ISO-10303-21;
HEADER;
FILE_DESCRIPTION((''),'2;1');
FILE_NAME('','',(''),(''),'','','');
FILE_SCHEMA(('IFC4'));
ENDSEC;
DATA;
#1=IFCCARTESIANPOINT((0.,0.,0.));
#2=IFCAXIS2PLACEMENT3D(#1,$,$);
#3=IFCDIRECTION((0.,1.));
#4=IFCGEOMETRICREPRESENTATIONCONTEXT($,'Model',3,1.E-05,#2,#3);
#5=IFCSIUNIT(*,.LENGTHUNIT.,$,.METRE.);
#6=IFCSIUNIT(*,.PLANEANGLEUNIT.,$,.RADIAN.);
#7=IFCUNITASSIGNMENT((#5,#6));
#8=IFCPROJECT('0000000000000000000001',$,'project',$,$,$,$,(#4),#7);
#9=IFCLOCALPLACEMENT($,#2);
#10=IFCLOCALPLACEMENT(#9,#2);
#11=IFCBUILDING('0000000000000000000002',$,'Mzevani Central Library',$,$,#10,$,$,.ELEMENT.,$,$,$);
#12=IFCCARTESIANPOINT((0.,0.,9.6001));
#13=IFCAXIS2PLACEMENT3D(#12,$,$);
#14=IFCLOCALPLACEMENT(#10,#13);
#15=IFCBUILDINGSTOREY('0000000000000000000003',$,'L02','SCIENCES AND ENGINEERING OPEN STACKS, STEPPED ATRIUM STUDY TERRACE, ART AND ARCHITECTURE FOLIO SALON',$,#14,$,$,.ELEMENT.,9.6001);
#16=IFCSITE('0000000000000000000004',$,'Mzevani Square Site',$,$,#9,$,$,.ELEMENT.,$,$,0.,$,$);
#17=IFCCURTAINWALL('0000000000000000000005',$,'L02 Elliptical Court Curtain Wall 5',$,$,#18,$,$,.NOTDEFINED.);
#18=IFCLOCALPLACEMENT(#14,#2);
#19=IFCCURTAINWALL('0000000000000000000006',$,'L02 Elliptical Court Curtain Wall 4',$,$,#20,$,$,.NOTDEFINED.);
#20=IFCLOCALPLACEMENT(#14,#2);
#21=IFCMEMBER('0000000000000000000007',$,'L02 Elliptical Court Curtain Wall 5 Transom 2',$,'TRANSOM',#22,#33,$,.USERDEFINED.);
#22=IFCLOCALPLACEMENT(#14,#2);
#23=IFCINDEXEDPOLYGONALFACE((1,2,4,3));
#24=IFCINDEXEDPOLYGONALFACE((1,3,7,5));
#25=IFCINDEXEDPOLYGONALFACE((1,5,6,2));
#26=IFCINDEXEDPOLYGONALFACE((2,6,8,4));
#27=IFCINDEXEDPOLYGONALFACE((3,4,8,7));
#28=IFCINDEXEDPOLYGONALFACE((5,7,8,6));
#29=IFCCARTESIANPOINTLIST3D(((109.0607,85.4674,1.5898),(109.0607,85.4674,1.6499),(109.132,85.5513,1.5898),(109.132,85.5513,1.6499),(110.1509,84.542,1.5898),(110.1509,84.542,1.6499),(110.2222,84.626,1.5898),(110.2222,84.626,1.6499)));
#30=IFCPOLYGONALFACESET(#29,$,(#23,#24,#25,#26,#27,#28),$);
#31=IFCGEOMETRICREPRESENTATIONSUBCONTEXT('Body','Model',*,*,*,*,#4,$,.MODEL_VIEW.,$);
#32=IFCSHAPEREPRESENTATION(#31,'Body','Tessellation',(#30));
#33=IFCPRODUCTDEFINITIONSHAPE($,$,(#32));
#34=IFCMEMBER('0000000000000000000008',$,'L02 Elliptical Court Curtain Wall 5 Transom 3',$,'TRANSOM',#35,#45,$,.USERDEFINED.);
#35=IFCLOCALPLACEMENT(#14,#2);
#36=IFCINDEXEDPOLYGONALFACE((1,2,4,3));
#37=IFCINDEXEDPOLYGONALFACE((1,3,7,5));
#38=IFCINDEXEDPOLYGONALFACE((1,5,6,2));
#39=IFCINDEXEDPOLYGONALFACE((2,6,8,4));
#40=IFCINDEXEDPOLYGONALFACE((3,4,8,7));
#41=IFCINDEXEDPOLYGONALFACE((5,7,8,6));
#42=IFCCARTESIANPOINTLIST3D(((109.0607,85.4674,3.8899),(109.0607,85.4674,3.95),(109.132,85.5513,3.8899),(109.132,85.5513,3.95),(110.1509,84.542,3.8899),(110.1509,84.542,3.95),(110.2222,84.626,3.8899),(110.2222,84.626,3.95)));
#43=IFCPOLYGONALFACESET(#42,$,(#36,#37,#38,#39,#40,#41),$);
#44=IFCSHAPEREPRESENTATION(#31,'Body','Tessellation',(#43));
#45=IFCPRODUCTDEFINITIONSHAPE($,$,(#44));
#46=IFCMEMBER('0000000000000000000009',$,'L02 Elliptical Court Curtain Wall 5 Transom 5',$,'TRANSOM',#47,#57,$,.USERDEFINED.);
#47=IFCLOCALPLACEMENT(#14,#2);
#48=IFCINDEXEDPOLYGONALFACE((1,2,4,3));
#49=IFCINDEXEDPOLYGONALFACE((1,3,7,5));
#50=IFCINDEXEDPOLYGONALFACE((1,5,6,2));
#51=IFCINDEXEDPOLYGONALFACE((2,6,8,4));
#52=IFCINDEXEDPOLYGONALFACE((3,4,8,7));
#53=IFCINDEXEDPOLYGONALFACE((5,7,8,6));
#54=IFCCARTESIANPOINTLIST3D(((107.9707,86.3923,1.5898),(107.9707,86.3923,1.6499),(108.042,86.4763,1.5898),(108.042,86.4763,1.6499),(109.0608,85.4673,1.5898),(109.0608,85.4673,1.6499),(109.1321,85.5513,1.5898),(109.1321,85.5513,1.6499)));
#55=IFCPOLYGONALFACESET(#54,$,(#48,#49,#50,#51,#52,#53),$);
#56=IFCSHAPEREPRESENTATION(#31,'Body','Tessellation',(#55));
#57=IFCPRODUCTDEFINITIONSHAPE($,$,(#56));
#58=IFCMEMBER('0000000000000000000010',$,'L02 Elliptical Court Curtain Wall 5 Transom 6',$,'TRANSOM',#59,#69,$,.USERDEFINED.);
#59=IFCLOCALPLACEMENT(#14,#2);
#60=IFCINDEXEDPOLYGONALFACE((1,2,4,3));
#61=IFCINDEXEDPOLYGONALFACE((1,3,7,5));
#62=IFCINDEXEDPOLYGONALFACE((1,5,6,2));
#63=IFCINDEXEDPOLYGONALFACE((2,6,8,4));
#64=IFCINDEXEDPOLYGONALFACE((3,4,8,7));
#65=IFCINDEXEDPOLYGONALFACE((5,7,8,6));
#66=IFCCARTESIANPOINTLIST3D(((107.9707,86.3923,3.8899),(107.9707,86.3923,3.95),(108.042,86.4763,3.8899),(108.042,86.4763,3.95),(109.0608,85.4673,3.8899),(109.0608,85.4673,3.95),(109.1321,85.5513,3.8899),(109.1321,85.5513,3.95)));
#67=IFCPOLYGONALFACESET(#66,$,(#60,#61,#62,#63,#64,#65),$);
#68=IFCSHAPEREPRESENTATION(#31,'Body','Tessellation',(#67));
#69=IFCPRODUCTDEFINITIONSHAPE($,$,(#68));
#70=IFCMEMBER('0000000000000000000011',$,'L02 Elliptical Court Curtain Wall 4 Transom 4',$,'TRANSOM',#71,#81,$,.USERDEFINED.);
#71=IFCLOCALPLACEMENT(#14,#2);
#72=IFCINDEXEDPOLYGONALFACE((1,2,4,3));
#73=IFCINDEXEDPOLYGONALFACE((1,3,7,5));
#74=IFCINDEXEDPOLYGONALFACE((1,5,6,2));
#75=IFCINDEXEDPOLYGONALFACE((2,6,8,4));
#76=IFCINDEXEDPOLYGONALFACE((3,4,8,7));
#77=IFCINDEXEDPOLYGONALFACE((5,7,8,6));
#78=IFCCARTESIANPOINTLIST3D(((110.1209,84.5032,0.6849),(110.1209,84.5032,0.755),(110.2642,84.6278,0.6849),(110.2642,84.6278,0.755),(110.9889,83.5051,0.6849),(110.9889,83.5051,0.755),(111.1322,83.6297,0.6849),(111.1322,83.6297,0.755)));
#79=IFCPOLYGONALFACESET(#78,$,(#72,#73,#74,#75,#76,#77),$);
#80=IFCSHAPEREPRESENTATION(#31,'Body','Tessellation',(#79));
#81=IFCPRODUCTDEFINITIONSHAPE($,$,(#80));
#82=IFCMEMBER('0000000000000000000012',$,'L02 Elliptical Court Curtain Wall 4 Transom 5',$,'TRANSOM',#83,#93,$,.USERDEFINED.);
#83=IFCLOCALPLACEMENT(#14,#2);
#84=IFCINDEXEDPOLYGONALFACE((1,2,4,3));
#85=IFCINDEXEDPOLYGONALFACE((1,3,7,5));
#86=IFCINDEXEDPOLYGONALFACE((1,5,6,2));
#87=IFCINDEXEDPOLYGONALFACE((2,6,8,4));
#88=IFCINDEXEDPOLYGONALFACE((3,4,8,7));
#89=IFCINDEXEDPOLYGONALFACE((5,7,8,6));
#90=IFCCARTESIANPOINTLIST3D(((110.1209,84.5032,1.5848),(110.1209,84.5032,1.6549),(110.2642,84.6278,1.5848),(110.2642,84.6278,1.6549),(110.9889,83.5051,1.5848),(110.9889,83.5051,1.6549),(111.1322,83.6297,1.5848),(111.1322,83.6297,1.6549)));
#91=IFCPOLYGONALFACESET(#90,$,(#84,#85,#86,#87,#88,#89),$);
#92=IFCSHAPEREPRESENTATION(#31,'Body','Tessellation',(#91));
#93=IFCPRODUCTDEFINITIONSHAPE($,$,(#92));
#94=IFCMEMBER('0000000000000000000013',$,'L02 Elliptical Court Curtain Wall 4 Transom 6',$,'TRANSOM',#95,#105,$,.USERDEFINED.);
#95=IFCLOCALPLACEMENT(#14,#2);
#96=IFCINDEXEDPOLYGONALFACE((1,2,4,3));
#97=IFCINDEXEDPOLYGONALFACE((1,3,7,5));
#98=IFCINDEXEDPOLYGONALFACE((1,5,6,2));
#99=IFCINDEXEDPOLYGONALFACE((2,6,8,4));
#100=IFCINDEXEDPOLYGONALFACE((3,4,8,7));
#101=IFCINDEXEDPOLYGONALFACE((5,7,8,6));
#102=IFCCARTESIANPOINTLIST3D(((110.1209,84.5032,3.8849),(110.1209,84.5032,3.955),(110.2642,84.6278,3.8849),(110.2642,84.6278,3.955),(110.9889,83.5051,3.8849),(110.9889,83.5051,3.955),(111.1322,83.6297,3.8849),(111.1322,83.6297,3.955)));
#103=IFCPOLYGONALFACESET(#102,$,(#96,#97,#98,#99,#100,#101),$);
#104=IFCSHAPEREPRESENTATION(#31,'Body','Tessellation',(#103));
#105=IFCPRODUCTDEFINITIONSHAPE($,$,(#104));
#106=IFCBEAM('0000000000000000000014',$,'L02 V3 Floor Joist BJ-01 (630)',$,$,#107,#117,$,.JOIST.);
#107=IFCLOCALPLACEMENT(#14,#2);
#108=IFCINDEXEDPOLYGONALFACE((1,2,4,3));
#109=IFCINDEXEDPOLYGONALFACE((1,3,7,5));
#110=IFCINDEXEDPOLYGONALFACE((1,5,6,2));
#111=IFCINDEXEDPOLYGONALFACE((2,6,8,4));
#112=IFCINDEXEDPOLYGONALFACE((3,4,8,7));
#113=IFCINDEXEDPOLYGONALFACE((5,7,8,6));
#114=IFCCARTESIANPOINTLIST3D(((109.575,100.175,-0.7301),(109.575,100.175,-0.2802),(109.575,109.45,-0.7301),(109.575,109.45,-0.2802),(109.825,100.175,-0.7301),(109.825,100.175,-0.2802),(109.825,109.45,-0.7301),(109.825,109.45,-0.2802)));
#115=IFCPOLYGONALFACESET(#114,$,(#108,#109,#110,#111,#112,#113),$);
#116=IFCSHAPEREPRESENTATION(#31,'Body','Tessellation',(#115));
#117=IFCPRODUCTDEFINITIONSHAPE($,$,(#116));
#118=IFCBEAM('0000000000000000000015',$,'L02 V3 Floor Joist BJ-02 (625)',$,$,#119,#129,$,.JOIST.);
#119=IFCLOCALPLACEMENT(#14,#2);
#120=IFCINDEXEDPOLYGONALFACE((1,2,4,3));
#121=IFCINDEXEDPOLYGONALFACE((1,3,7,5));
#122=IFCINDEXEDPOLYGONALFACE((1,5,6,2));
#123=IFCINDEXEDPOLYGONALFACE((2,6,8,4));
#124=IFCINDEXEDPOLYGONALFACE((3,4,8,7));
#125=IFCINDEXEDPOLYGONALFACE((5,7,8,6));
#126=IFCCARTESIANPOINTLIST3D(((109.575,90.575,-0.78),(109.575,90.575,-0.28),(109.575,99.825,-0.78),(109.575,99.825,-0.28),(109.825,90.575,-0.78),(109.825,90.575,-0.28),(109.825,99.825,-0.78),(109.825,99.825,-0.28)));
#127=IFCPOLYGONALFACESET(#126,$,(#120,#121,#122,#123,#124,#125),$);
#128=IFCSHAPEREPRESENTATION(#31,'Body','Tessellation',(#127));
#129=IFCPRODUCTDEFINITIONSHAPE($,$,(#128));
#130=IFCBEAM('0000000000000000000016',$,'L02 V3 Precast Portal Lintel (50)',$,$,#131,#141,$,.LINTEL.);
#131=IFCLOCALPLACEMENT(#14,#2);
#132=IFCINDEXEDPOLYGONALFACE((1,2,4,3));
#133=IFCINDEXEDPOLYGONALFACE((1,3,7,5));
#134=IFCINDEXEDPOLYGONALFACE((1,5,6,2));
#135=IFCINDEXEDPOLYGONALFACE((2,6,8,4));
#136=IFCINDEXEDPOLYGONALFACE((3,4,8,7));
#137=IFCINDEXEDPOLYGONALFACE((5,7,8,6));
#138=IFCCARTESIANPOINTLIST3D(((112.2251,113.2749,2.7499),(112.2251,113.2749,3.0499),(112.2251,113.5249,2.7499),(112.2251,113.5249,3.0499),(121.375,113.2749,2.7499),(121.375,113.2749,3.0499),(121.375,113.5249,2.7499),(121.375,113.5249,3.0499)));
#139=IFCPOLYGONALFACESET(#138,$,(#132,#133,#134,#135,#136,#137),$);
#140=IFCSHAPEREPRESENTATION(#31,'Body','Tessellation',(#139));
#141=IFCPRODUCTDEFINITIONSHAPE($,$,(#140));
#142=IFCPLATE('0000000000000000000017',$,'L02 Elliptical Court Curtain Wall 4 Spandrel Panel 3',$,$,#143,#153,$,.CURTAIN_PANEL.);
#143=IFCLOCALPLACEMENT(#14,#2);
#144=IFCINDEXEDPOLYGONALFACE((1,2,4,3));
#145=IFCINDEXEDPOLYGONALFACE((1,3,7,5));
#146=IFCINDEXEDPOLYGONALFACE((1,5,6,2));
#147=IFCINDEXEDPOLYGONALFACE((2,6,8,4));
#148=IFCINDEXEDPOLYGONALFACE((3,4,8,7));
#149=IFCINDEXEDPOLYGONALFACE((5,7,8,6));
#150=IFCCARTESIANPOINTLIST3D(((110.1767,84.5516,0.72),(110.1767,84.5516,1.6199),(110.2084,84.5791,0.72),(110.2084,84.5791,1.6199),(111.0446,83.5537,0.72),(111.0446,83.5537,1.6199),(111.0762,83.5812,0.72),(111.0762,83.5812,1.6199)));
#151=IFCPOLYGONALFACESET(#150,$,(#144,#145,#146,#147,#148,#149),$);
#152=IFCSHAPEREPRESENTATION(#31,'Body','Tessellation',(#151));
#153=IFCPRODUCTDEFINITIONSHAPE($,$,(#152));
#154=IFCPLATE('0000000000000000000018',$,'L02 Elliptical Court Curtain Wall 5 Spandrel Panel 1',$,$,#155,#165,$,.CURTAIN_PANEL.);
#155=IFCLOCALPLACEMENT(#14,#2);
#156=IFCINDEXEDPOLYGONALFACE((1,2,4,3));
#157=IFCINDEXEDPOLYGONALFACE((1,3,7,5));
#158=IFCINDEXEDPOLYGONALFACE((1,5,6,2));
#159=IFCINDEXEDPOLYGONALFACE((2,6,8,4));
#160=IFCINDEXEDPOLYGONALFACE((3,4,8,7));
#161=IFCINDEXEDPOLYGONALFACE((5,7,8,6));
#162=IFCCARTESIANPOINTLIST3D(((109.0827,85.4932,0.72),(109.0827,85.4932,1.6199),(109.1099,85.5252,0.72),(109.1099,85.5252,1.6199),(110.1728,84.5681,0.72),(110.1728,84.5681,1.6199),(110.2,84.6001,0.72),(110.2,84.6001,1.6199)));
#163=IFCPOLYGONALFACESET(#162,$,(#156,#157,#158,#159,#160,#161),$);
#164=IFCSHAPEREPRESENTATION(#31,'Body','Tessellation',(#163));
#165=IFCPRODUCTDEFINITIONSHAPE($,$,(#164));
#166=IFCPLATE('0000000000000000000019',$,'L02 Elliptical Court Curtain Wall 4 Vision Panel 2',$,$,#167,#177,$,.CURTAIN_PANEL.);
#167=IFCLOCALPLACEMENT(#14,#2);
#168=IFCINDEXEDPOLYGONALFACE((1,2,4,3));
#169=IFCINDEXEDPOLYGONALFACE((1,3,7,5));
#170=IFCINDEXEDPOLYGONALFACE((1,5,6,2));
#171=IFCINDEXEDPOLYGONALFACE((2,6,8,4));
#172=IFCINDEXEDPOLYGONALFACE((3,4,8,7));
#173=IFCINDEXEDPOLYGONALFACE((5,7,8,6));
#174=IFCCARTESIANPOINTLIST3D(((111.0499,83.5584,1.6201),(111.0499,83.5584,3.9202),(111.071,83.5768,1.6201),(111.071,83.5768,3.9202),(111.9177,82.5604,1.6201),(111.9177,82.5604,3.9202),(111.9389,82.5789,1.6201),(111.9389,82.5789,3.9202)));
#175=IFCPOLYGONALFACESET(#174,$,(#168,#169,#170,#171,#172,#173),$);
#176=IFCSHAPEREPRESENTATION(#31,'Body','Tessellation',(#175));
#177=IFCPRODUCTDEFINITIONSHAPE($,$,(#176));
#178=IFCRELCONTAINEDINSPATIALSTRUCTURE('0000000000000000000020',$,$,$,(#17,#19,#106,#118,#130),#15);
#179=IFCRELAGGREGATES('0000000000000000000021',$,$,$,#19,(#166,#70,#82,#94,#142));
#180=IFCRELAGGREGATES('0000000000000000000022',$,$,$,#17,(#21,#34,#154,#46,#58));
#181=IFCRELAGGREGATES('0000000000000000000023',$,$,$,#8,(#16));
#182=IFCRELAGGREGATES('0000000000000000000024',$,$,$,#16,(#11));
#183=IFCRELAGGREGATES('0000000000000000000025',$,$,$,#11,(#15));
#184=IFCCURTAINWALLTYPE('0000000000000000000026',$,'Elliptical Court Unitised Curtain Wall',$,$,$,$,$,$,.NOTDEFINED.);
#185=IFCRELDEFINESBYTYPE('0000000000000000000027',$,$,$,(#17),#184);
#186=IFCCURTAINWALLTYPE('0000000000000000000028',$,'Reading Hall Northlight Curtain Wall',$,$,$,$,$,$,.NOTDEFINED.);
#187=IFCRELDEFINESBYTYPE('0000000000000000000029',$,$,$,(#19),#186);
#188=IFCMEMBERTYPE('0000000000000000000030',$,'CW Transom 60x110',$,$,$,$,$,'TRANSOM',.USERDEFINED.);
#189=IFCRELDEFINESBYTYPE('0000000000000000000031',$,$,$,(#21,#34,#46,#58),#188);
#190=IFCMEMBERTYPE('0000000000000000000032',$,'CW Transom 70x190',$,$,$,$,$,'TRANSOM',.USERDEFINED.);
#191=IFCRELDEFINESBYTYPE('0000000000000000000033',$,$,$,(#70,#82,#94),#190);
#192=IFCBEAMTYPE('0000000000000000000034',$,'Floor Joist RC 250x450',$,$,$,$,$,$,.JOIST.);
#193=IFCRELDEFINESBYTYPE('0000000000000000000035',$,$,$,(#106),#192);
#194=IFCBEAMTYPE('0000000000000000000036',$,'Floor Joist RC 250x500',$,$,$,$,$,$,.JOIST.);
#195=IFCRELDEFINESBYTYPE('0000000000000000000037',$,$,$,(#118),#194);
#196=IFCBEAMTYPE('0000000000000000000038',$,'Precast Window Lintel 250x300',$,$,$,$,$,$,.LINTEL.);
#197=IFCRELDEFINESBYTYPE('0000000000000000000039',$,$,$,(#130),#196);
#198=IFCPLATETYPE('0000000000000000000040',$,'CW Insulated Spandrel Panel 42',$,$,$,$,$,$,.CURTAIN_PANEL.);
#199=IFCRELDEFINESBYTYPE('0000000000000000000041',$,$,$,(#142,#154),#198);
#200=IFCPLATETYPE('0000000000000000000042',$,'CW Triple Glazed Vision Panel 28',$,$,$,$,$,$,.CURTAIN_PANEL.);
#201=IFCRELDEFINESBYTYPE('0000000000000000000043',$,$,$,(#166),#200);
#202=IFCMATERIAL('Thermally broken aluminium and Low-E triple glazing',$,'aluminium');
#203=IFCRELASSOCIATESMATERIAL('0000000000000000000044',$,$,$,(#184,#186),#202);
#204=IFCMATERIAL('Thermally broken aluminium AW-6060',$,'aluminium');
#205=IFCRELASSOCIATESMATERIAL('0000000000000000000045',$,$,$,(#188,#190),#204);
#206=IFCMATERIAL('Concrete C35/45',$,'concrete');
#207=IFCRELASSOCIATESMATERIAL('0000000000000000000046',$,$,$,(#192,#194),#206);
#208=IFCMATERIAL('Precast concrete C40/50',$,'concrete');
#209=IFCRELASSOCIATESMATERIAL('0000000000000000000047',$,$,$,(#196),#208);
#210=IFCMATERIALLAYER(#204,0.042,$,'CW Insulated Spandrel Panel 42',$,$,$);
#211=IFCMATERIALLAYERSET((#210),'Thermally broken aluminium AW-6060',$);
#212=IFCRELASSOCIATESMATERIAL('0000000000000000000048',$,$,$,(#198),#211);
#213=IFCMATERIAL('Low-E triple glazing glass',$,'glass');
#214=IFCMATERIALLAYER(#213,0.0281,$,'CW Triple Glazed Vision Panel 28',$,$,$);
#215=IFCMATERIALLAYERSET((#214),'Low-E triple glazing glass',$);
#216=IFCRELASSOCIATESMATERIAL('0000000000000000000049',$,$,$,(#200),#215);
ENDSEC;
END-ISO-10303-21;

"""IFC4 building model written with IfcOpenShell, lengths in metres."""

from ifc_helpers import new_model, si_unit, direction, frame, origin, origin_2d, place, context, subcontext, project, spatial, rectangle, extrude, material, layer, layer_set, material_profile, profile_set, type_object, element, aggregate, save


model = new_model("IFC4")

# Units and contexts
model_context = context("Model", 3, precision=1e-05, world=origin(), true_north=direction((0.0, 1.0)))
body_context = subcontext(model_context, "Body", "Model", "MODEL_VIEW")
ifc_project = project(units=[si_unit("LENGTHUNIT", "METRE"), si_unit("PLANEANGLEUNIT", "RADIAN")], contexts=[model_context])

# Site, building, storey
site_placement = place(None, origin())
site = spatial("IfcSite", under=ifc_project, at=site_placement, Name="Mzevani Square Site", CompositionType="ELEMENT", RefElevation=0.0)
building_placement = place(site_placement, origin())
building = spatial("IfcBuilding", under=site, at=building_placement, Name="Mzevani Central Library", CompositionType="ELEMENT")
storey_placement = place(building_placement, frame((0.0, 0.0, 9.6001)))
storey = spatial("IfcBuildingStorey", under=building, at=storey_placement, Name="L02", Description="SCIENCES AND ENGINEERING OPEN STACKS, STEPPED ATRIUM STUDY TERRACE, ART AND ARCHITECTURE FOLIO SALON", CompositionType="ELEMENT", Elevation=9.6001)

# Shared definitions
ifc_material_1 = material(Name="Concrete C35/45", Category="concrete")

# Curtain wall
ifc_material_2 = material(Name="Thermally broken aluminium and Low-E triple glazing", Category="aluminium")
curtain_wall_type_1 = type_object("IfcCurtainWallType", Name="Elliptical Court Unitised Curtain Wall", PredefinedType="NOTDEFINED", material=ifc_material_2)
curtain_wall_1_placement = place(storey_placement, origin())
curtain_wall_1 = element("IfcCurtainWall", 1, at=curtain_wall_1_placement, inside=storey, type_object=curtain_wall_type_1, Name="L02 Elliptical Court Curtain Wall 5", PredefinedType="NOTDEFINED")
ifc_material_3 = material(Name="Thermally broken aluminium AW-6060", Category="aluminium")

# Curtain wall
curtain_wall_type_2 = type_object("IfcCurtainWallType", Name="Reading Hall Northlight Curtain Wall", PredefinedType="NOTDEFINED", material=ifc_material_2)
curtain_wall_2_placement = place(storey_placement, origin())
curtain_wall_2 = element("IfcCurtainWall", 2, at=curtain_wall_2_placement, inside=storey, type_object=curtain_wall_type_2, Name="L02 Elliptical Court Curtain Wall 4", PredefinedType="NOTDEFINED")

# Members
ifc_material_profile_1 = material_profile(ifc_material_3, rectangle(XDim=0.1101, YDim=0.0601, at=origin_2d()), Name="ALU T60x110")
ifc_profile_set_1 = profile_set([ifc_material_profile_1], Name="Thermally broken aluminium AW-6060")
member_type_1 = type_object("IfcMemberType", Name="CW Transom 60x110", ElementType="TRANSOM", PredefinedType="USERDEFINED", material=ifc_profile_set_1)
member_1_placement = place(storey_placement, frame((110.1865, 84.584, 1.6199), z_axis=(-0.762381, 0.647128, 0.0), x_axis=(-0.647128, -0.762381, 0.0)))
member_1 = element("IfcMember", 3, at=member_1_placement, type_object=member_type_1, Name="L02 Elliptical Court Curtain Wall 5 Transom 2", ObjectType="TRANSOM", PredefinedType="USERDEFINED", context=body_context, shape_type="SweptSolid", body=[
    extrude(rectangle(XDim=0.1101, YDim=0.0601, at=origin_2d()), origin(), (0.0, 0.0, 1.0), 1.4299),
])
member_2_placement = place(storey_placement, frame((110.1865, 84.584, 3.9199), z_axis=(-0.762381, 0.647128, 0.0), x_axis=(-0.647128, -0.762381, 0.0)))
member_2 = element("IfcMember", 4, at=member_2_placement, type_object=member_type_1, Name="L02 Elliptical Court Curtain Wall 5 Transom 3", ObjectType="TRANSOM", PredefinedType="USERDEFINED", context=body_context, shape_type="SweptSolid", body=[
    extrude(rectangle(XDim=0.1101, YDim=0.0601, at=origin_2d()), origin(), (0.0, 0.0, 1.0), 1.4299),
])
member_3_placement = place(storey_placement, frame((109.0964, 85.5093, 1.6199), z_axis=(-0.762466, 0.647029, 0.0), x_axis=(-0.647029, -0.762466, 0.0)))
member_3 = element("IfcMember", 5, at=member_3_placement, type_object=member_type_1, Name="L02 Elliptical Court Curtain Wall 5 Transom 5", ObjectType="TRANSOM", PredefinedType="USERDEFINED", context=body_context, shape_type="SweptSolid", body=[
    extrude(rectangle(XDim=0.1101, YDim=0.0601, at=origin_2d()), origin(), (0.0, 0.0, 1.0), 1.4297),
])
member_4_placement = place(storey_placement, frame((109.0964, 85.5093, 3.9199), z_axis=(-0.762466, 0.647029, 0.0), x_axis=(-0.647029, -0.762466, 0.0)))
member_4 = element("IfcMember", 6, at=member_4_placement, type_object=member_type_1, Name="L02 Elliptical Court Curtain Wall 5 Transom 6", ObjectType="TRANSOM", PredefinedType="USERDEFINED", context=body_context, shape_type="SweptSolid", body=[
    extrude(rectangle(XDim=0.1101, YDim=0.0601, at=origin_2d()), origin(), (0.0, 0.0, 1.0), 1.4297),
])
ifc_material_profile_2 = material_profile(ifc_material_3, rectangle(XDim=0.1899, YDim=0.0701, at=origin_2d()), Name="ALU T70x190")
ifc_profile_set_2 = profile_set([ifc_material_profile_2], Name="Thermally broken aluminium AW-6060")
member_type_2 = type_object("IfcMemberType", Name="CW Transom 70x190", ElementType="TRANSOM", PredefinedType="USERDEFINED", material=ifc_profile_set_2)
member_5_placement = place(storey_placement, frame((111.0605, 83.5674, 0.72), z_axis=(-0.656202, 0.754586, 0.0), x_axis=(-0.754586, -0.656202, 0.0)))
member_5 = element("IfcMember", 7, at=member_5_placement, type_object=member_type_2, Name="L02 Elliptical Court Curtain Wall 4 Transom 4", ObjectType="TRANSOM", PredefinedType="USERDEFINED", context=body_context, shape_type="SweptSolid", body=[
    extrude(rectangle(XDim=0.1899, YDim=0.0701, at=origin_2d()), origin(), (0.0, 0.0, 1.0), 1.3228),
])
member_6_placement = place(storey_placement, frame((111.0605, 83.5674, 1.6199), z_axis=(-0.656202, 0.754586, 0.0), x_axis=(-0.754586, -0.656202, 0.0)))
member_6 = element("IfcMember", 8, at=member_6_placement, type_object=member_type_2, Name="L02 Elliptical Court Curtain Wall 4 Transom 5", ObjectType="TRANSOM", PredefinedType="USERDEFINED", context=body_context, shape_type="SweptSolid", body=[
    extrude(rectangle(XDim=0.1899, YDim=0.0701, at=origin_2d()), origin(), (0.0, 0.0, 1.0), 1.3228),
])
member_7_placement = place(storey_placement, frame((111.0605, 83.5674, 3.9199), z_axis=(-0.656202, 0.754586, 0.0), x_axis=(-0.754586, -0.656202, 0.0)))
member_7 = element("IfcMember", 9, at=member_7_placement, type_object=member_type_2, Name="L02 Elliptical Court Curtain Wall 4 Transom 6", ObjectType="TRANSOM", PredefinedType="USERDEFINED", context=body_context, shape_type="SweptSolid", body=[
    extrude(rectangle(XDim=0.1899, YDim=0.0701, at=origin_2d()), origin(), (0.0, 0.0, 1.0), 1.3228),
])

# Beams
ifc_material_profile_3 = material_profile(ifc_material_1, rectangle(XDim=0.25, YDim=0.45, at=origin_2d()), Name="RC J250x450")
ifc_profile_set_3 = profile_set([ifc_material_profile_3], Name="Concrete C35/45")
beam_type_1 = type_object("IfcBeamType", Name="Floor Joist RC 250x450", PredefinedType="JOIST", material=ifc_profile_set_3)
beam_1_placement = place(storey_placement, frame((109.7, 100.175, -0.5051), z_axis=(0.0, 1.0, 0.0), x_axis=(-1.0, 0.0, 0.0)))
element("IfcBeam", 10, at=beam_1_placement, inside=storey, type_object=beam_type_1, Name="L02 V3 Floor Joist BJ-01 (630)", PredefinedType="JOIST", context=body_context, shape_type="SweptSolid", body=[
    extrude(rectangle(XDim=0.25, YDim=0.45, at=origin_2d()), origin(), (0.0, 0.0, 1.0), 9.2749),
])
ifc_material_profile_4 = material_profile(ifc_material_1, rectangle(XDim=0.25, YDim=0.5, at=origin_2d()), Name="RC J250x500")
ifc_profile_set_4 = profile_set([ifc_material_profile_4], Name="Concrete C35/45")
beam_type_2 = type_object("IfcBeamType", Name="Floor Joist RC 250x500", PredefinedType="JOIST", material=ifc_profile_set_4)
beam_2_placement = place(storey_placement, frame((109.7, 90.575, -0.53), z_axis=(0.0, 1.0, 0.0), x_axis=(-1.0, 0.0, 0.0)))
element("IfcBeam", 11, at=beam_2_placement, inside=storey, type_object=beam_type_2, Name="L02 V3 Floor Joist BJ-02 (625)", PredefinedType="JOIST", context=body_context, shape_type="SweptSolid", body=[
    extrude(rectangle(XDim=0.25, YDim=0.5, at=origin_2d()), origin(), (0.0, 0.0, 1.0), 9.25),
])
ifc_material_4 = material(Name="Precast concrete C40/50", Category="concrete")
ifc_material_profile_5 = material_profile(ifc_material_4, rectangle(XDim=0.25, YDim=0.3, at=origin_2d()), Name="PC LN250x300")
ifc_profile_set_5 = profile_set([ifc_material_profile_5], Name="Precast concrete C40/50")
beam_type_3 = type_object("IfcBeamType", Name="Precast Window Lintel 250x300", PredefinedType="LINTEL", material=ifc_profile_set_5)
beam_3_placement = place(storey_placement, frame((112.2251, 113.3999, 2.8999), z_axis=(1.0, 0.0, 0.0), x_axis=(0.0, 1.0, 0.0)))
element("IfcBeam", 12, at=beam_3_placement, inside=storey, type_object=beam_type_3, Name="L02 V3 Precast Portal Lintel (50)", PredefinedType="LINTEL", context=body_context, shape_type="SweptSolid", body=[
    extrude(rectangle(XDim=0.25, YDim=0.3, at=origin_2d()), origin(), (0.0, 0.0, 1.0), 9.1499),
])

# Plates
ifc_layer_1 = layer(ifc_material_3, 0.042, Name="CW Insulated Spandrel Panel 42")
ifc_layer_set_1 = layer_set([ifc_layer_1], Name="Thermally broken aluminium AW-6060")
plate_type_1 = type_object("IfcPlateType", Name="CW Insulated Spandrel Panel 42", PredefinedType="CURTAIN_PANEL", material=ifc_layer_set_1)
plate_1_placement = place(storey_placement, frame((110.6265, 84.0664, 0.72), z_axis=(0.0, 0.0, 1.0), x_axis=(-0.656226, 0.754564, 0.0)))
plate_1 = element("IfcPlate", 13, at=plate_1_placement, type_object=plate_type_1, Name="L02 Elliptical Court Curtain Wall 4 Spandrel Panel 3", PredefinedType="CURTAIN_PANEL", context=body_context, shape_type="SweptSolid", body=[
    extrude(rectangle(XDim=1.3225, YDim=0.042, at=origin_2d()), origin(), (0.0, 0.0, 1.0), 0.8999),
])
plate_2_placement = place(storey_placement, frame((109.6414, 85.0466, 0.72), z_axis=(0.0, 0.0, 1.0), x_axis=(-0.762435, 0.647065, 0.0)))
plate_2 = element("IfcPlate", 14, at=plate_2_placement, type_object=plate_type_1, Name="L02 Elliptical Court Curtain Wall 5 Spandrel Panel 1", PredefinedType="CURTAIN_PANEL", context=body_context, shape_type="SweptSolid", body=[
    extrude(rectangle(XDim=1.4297, YDim=0.042, at=origin_2d()), origin(), (0.0, 0.0, 1.0), 0.8999),
])
ifc_material_5 = material(Name="Low-E triple glazing glass", Category="glass")
ifc_layer_2 = layer(ifc_material_5, 0.0281, Name="CW Triple Glazed Vision Panel 28")
ifc_layer_set_2 = layer_set([ifc_layer_2], Name="Low-E triple glazing glass")
plate_type_2 = type_object("IfcPlateType", Name="CW Triple Glazed Vision Panel 28", PredefinedType="CURTAIN_PANEL", material=ifc_layer_set_2)
plate_3_placement = place(storey_placement, frame((111.4944, 83.0686, 1.6201), z_axis=(0.0, 0.0, 1.0), x_axis=(-0.656226, 0.754564, 0.0)))
plate_3 = element("IfcPlate", 15, at=plate_3_placement, type_object=plate_type_2, Name="L02 Elliptical Court Curtain Wall 4 Vision Panel 2", PredefinedType="CURTAIN_PANEL", context=body_context, shape_type="SweptSolid", body=[
    extrude(rectangle(XDim=1.3225, YDim=0.0281, at=origin_2d()), origin(), (0.0, 0.0, 1.0), 2.3),
])
aggregate(curtain_wall_2, [plate_3, member_5, member_6, member_7, plate_1])
aggregate(curtain_wall_1, [member_1, member_2, plate_2, member_3, member_4])

save(model, "model.ifc")
